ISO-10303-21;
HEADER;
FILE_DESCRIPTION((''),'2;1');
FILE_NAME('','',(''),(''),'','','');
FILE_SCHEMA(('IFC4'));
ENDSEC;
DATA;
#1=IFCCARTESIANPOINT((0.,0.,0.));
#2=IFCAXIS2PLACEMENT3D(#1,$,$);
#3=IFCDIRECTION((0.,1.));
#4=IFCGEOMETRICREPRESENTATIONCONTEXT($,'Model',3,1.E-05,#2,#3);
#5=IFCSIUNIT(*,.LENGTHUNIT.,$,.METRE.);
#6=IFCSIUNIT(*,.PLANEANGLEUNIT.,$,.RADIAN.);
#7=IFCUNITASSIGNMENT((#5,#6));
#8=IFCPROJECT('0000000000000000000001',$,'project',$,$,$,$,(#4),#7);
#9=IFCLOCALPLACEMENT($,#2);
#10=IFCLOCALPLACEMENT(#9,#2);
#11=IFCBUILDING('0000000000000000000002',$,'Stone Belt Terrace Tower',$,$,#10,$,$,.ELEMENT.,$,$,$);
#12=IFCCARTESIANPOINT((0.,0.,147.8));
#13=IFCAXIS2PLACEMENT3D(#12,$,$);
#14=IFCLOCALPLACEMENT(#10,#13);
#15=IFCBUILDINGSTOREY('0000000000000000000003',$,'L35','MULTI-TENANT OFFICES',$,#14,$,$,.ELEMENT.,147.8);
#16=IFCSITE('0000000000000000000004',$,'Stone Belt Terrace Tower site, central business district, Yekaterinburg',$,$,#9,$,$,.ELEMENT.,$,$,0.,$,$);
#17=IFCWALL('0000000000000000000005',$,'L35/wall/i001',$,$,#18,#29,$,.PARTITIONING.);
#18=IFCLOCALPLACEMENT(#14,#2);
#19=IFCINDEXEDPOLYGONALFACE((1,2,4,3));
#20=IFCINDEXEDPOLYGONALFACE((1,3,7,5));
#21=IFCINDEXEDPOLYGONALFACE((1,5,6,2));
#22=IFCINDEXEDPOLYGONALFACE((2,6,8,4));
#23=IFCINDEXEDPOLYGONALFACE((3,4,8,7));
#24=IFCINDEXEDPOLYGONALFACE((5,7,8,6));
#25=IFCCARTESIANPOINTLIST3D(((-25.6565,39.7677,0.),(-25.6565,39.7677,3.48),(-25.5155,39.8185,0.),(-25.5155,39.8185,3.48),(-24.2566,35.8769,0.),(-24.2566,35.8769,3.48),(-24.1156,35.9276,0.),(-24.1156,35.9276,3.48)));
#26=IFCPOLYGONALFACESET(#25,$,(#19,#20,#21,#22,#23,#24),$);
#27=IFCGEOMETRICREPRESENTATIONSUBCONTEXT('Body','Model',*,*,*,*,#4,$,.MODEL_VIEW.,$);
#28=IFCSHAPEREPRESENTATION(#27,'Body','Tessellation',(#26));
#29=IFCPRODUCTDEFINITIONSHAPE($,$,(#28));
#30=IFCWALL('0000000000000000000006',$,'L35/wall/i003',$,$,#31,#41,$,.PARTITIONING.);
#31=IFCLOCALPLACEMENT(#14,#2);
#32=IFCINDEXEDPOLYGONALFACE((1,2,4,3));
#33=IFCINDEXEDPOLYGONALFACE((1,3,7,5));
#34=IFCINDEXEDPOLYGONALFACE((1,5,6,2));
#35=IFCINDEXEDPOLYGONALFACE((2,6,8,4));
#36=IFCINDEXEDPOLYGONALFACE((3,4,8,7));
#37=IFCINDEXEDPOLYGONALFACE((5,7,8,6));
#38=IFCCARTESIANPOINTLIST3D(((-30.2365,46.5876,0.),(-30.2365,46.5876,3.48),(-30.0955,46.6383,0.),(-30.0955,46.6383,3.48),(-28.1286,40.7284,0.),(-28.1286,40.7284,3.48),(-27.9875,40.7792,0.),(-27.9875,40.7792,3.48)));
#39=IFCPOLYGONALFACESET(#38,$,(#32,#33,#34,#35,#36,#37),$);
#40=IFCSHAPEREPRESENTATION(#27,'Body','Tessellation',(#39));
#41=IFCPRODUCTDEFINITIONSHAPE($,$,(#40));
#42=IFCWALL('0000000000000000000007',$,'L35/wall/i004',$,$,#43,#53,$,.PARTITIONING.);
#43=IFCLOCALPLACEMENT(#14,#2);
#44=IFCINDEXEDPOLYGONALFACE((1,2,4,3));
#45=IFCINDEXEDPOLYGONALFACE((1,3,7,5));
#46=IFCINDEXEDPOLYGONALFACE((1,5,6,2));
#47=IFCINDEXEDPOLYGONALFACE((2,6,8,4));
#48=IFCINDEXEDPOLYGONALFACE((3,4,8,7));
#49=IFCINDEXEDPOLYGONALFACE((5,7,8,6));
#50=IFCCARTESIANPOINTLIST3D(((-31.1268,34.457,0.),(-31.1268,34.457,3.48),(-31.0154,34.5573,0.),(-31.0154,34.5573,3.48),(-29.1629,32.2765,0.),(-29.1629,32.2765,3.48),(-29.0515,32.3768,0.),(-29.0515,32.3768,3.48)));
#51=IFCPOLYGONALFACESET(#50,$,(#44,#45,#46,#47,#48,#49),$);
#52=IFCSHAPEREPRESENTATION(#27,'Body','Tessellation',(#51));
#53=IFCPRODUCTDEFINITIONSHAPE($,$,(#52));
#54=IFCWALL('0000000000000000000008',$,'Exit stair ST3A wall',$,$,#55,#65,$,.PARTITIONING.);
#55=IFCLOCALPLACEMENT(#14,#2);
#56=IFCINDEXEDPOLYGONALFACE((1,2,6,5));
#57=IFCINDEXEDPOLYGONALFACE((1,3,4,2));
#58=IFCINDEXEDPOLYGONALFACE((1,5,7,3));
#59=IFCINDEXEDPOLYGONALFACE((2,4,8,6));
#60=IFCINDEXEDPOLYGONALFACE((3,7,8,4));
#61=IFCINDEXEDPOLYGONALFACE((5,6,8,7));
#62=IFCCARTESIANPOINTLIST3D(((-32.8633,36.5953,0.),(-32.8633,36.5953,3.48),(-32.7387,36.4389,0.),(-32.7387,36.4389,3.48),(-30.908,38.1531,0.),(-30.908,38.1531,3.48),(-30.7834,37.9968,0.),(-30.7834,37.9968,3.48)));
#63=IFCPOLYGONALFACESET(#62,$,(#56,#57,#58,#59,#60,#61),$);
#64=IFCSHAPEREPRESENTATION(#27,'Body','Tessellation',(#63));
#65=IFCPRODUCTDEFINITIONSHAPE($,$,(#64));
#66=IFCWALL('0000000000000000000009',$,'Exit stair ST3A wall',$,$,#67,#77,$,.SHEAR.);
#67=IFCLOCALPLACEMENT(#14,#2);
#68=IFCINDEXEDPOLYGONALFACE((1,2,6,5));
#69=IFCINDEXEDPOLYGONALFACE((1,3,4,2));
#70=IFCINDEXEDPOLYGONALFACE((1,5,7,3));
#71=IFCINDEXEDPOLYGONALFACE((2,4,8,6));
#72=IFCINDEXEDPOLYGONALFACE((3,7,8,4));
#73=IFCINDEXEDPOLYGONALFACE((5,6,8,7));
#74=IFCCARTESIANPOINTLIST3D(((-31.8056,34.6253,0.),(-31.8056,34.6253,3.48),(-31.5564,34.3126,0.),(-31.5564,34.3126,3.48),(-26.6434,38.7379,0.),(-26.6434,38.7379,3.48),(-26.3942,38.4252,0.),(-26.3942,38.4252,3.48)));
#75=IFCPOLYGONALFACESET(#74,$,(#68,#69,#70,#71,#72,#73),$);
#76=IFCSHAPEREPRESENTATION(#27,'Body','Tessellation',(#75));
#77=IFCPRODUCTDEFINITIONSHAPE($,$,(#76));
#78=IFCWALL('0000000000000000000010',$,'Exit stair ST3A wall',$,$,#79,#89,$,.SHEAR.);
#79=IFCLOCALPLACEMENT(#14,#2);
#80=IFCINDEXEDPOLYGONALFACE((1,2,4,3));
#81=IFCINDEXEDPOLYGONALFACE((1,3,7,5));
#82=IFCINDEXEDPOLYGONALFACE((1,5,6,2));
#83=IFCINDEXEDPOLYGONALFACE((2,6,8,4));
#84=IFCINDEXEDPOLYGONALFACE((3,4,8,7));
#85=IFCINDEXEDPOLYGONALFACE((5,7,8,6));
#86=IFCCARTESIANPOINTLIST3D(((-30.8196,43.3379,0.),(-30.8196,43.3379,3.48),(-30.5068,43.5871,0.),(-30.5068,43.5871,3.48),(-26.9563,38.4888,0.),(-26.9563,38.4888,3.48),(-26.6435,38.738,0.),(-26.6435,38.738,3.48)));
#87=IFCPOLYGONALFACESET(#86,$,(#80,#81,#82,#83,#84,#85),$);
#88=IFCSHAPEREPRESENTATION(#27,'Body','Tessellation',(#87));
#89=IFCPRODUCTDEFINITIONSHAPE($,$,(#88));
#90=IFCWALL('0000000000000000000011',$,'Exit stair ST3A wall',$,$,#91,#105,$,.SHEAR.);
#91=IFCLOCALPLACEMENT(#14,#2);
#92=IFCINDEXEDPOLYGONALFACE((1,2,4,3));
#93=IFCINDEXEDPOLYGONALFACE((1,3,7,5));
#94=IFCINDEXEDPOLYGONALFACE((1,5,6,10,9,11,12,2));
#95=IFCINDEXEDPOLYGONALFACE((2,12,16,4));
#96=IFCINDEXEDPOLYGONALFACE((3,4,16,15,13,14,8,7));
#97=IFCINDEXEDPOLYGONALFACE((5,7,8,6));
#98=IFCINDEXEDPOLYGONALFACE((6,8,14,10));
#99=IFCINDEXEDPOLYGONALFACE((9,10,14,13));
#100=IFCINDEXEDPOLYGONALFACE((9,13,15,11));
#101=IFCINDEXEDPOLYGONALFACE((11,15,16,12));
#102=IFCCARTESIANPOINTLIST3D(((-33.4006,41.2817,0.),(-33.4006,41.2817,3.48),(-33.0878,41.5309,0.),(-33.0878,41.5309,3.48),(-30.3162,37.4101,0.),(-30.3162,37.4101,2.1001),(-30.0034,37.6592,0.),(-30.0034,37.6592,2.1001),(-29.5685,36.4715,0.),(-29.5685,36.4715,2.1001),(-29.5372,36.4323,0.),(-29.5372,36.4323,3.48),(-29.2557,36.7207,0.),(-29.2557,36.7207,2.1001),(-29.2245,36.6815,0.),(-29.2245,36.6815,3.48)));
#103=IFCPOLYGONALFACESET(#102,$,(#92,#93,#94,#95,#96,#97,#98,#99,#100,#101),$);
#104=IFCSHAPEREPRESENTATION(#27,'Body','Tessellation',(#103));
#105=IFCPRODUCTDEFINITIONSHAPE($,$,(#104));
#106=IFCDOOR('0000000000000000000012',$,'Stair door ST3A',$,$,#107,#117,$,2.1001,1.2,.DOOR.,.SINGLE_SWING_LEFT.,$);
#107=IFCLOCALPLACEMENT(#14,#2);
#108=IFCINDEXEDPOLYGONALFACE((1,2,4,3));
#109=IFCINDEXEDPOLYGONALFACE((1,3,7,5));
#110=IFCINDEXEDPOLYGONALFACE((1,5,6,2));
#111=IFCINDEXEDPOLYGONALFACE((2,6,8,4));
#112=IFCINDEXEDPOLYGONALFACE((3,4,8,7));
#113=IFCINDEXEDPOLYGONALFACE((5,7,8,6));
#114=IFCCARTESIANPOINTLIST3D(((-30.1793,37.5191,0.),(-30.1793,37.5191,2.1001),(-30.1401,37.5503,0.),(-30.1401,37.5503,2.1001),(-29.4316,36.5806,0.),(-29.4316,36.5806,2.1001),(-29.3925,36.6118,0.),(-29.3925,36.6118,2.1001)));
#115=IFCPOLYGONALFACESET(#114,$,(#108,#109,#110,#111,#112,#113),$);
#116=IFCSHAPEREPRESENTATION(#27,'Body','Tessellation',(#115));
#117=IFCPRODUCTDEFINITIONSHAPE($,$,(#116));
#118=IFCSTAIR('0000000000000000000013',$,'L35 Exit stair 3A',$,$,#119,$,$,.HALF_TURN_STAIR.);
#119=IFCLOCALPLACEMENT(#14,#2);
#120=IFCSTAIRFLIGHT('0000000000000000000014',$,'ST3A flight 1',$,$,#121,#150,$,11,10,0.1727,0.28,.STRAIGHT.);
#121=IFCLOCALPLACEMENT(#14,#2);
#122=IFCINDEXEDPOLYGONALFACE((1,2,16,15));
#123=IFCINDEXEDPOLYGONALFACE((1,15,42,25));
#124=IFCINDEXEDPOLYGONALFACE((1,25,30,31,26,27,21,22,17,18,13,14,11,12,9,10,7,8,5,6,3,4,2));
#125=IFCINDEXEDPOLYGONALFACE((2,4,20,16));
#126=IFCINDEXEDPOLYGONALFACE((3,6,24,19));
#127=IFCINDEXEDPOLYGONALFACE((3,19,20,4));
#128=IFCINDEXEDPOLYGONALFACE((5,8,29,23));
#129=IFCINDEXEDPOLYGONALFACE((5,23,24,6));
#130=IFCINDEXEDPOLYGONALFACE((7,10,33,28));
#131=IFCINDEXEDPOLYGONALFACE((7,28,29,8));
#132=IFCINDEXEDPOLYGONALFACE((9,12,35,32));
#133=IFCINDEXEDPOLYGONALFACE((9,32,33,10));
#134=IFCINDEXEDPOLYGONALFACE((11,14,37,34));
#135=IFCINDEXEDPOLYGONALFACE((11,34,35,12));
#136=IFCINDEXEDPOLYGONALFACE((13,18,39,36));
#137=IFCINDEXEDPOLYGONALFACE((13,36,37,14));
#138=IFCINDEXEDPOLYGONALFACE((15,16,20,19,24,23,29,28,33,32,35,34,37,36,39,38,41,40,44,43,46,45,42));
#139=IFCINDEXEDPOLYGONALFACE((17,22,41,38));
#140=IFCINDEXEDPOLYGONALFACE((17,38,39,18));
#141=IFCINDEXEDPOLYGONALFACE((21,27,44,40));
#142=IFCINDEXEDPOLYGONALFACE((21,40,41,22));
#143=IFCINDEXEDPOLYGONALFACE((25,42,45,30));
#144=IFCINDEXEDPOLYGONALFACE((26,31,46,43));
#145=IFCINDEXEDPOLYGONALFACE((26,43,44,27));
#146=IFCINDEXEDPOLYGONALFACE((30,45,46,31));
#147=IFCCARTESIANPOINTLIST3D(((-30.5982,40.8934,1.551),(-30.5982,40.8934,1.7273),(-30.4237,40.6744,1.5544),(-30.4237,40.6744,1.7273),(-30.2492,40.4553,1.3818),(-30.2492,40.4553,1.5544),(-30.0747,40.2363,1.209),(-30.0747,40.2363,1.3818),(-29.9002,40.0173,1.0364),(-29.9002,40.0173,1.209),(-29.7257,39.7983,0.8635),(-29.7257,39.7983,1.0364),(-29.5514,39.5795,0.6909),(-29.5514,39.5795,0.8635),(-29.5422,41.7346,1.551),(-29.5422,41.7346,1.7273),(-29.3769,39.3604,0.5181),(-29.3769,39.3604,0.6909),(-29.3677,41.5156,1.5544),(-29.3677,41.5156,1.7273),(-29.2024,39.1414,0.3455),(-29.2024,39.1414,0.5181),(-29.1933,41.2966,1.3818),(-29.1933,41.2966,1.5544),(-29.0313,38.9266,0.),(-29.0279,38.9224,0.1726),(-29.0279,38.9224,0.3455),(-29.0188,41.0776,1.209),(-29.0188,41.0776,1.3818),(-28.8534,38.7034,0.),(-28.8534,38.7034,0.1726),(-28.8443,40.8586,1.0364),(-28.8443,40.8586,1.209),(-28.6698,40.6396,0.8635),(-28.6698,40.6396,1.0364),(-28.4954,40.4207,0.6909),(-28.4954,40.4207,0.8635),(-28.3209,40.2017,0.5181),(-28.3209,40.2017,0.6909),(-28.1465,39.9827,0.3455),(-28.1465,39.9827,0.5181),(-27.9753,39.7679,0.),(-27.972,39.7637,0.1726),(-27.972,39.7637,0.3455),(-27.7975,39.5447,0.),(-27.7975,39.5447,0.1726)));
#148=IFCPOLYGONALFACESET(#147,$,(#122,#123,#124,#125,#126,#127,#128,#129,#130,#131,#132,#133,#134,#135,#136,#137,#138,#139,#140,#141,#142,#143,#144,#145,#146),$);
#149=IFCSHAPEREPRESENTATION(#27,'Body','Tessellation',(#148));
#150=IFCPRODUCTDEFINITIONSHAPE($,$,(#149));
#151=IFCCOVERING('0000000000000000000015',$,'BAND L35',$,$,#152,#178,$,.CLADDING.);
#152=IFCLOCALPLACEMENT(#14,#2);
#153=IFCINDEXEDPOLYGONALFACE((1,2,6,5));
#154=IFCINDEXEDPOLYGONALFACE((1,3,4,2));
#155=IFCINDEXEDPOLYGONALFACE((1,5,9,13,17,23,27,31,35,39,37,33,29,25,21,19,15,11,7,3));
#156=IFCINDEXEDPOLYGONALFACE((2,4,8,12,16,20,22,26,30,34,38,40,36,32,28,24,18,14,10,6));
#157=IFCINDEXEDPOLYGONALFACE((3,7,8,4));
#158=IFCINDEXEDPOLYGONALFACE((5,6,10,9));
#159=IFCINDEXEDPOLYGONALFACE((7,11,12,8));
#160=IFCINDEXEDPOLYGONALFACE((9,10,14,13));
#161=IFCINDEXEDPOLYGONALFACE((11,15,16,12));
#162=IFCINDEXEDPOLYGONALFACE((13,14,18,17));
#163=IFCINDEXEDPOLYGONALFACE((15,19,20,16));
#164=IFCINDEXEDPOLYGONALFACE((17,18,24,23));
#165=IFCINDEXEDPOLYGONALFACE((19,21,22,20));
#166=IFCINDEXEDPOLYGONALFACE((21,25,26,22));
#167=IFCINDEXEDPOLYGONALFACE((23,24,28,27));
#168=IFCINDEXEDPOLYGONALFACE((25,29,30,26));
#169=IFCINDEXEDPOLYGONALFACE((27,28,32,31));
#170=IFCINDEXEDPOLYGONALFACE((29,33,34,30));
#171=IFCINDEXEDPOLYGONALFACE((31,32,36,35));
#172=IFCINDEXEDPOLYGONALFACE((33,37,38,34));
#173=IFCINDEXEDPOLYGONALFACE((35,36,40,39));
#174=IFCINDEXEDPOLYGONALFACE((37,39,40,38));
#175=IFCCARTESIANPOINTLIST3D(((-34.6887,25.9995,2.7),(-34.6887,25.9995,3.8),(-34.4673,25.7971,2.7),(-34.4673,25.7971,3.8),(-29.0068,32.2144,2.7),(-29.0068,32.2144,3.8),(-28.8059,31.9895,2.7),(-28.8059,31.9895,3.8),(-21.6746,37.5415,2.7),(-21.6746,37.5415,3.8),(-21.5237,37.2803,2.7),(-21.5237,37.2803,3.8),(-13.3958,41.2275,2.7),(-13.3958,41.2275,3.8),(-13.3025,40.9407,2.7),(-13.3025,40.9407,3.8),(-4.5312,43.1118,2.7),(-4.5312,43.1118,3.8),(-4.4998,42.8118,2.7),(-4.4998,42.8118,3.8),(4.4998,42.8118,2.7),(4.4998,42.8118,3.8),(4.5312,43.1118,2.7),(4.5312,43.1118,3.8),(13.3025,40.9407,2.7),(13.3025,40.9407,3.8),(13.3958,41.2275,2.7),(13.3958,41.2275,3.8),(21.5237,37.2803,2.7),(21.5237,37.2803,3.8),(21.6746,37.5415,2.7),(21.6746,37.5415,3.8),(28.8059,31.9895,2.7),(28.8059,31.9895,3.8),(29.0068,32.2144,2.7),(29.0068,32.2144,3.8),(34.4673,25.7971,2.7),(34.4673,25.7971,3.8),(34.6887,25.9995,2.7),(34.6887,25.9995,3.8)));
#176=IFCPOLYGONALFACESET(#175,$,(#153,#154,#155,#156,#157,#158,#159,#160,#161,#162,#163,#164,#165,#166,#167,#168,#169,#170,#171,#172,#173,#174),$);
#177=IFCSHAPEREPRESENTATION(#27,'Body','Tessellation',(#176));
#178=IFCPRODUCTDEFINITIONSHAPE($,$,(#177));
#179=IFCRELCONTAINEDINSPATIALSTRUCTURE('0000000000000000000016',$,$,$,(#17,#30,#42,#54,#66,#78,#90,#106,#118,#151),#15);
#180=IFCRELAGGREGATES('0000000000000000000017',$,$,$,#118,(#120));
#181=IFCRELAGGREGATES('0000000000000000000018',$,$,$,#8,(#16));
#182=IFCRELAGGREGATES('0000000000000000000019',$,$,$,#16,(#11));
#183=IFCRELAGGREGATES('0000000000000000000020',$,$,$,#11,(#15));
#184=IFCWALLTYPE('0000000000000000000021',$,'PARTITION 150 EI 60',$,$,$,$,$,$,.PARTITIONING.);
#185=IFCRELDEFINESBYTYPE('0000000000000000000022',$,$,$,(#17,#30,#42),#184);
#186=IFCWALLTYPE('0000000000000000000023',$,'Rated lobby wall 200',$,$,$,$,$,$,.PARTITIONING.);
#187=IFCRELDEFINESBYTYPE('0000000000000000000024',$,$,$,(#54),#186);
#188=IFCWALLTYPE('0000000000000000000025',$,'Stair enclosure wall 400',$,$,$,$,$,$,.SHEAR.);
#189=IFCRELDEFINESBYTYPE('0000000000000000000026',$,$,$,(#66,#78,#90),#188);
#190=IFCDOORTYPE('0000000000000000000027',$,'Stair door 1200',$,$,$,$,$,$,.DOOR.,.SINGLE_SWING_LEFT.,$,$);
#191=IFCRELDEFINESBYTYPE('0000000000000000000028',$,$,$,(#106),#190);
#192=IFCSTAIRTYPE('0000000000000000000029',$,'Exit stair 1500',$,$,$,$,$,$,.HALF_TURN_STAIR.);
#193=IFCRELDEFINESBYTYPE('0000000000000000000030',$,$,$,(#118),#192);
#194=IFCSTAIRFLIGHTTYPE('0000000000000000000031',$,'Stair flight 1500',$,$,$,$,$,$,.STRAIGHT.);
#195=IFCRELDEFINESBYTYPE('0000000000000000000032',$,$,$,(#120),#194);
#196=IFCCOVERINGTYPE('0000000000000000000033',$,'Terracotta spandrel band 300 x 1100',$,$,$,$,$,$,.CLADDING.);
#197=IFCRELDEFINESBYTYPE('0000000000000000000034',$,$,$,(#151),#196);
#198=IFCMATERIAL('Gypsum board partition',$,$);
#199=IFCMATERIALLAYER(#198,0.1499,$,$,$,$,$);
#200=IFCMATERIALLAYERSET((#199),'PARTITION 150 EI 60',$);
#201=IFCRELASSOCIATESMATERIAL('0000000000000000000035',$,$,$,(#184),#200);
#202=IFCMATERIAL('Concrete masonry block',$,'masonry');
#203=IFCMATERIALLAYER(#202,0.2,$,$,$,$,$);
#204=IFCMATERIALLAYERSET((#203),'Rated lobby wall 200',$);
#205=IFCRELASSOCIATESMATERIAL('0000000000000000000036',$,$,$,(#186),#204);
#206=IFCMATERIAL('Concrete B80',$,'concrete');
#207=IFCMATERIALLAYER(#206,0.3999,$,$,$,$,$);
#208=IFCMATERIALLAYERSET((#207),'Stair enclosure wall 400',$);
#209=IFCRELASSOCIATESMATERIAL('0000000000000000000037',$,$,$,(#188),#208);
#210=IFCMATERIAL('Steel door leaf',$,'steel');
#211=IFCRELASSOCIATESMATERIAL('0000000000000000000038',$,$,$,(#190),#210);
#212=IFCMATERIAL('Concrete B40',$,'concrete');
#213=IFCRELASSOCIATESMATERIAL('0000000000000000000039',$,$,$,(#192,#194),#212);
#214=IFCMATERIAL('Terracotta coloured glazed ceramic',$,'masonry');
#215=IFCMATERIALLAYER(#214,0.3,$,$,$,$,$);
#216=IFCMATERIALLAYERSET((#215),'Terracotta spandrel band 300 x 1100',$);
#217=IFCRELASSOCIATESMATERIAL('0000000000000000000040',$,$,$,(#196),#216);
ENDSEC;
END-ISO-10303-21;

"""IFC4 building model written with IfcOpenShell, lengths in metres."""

from ifc_helpers import new_model, si_unit, direction, frame, frame_2d, origin, place, context, subcontext, project, spatial, polyline, rectangle, outline, extrude, material, layer, layer_set, type_object, element, fill, aggregate, save


model = new_model("IFC4")

# Units and contexts
model_context = context("Model", 3, precision=1e-05, world=origin(), true_north=direction((0.0, 1.0)))
body_context = subcontext(model_context, "Body", "Model", "MODEL_VIEW")
ifc_project = project(units=[si_unit("LENGTHUNIT", "METRE"), si_unit("PLANEANGLEUNIT", "RADIAN")], contexts=[model_context])

# Site, building, storey
site_placement = place(None, origin())
site = spatial("IfcSite", under=ifc_project, at=site_placement, Name="Stone Belt Terrace Tower site, central business district, Yekaterinburg", CompositionType="ELEMENT", RefElevation=0.0)
building_placement = place(site_placement, origin())
building = spatial("IfcBuilding", under=site, at=building_placement, Name="Stone Belt Terrace Tower", CompositionType="ELEMENT")
storey_placement = place(building_placement, frame((0.0, 0.0, 147.8)))
storey = spatial("IfcBuildingStorey", under=building, at=storey_placement, Name="L35", Description="MULTI-TENANT OFFICES", CompositionType="ELEMENT", Elevation=147.8)

# Shared definitions
ifc_material_1 = material(Name="Concrete B80", Category="concrete")

# Shared definitions
ifc_material_2 = material(Name="Concrete B40", Category="concrete")

# Walls
ifc_material_3 = material(Name="Gypsum board partition")
ifc_layer_1 = layer(ifc_material_3, 0.1499)
ifc_layer_set_1 = layer_set([ifc_layer_1], Name="PARTITION 150 EI 60")
wall_type_1 = type_object("IfcWallType", Name="PARTITION 150 EI 60", PredefinedType="PARTITIONING", material=ifc_layer_set_1)
wall_1_placement = place(storey_placement, frame((-25.5859, 39.793, 0.0), z_axis=(0.0, 0.0, 1.0), x_axis=(0.338546, -0.94095, 0.0)))
element("IfcWall", 1, at=wall_1_placement, inside=storey, type_object=wall_type_1, Name="L35/wall/i001", PredefinedType="PARTITIONING", context=body_context, shape_type="SweptSolid", body=[
    extrude(rectangle(XDim=4.135, YDim=0.1499, at=frame_2d((2.0674, 0.0))), origin(), (0.0, 0.0, 1.0), 3.48),
])
wall_2_placement = place(storey_placement, frame((-28.0581, 40.7539, 0.0), z_axis=(0.0, 0.0, 1.0), x_axis=(-0.338524, 0.940958, 0.0)))
element("IfcWall", 2, at=wall_2_placement, inside=storey, type_object=wall_type_1, Name="L35/wall/i003", PredefinedType="PARTITIONING", context=body_context, shape_type="SweptSolid", body=[
    extrude(rectangle(XDim=6.2268, YDim=0.1499, at=frame_2d((3.1133, 0.0))), origin(), (0.0, 0.0, 1.0), 3.48),
])
wall_3_placement = place(storey_placement, frame((-29.1072, 32.3267, 0.0), z_axis=(0.0, 0.0, 1.0), x_axis=(-0.669245, 0.743042, 0.0)))
element("IfcWall", 3, at=wall_3_placement, inside=storey, type_object=wall_type_1, Name="L35/wall/i004", PredefinedType="PARTITIONING", context=body_context, shape_type="SweptSolid", body=[
    extrude(rectangle(XDim=2.9346, YDim=0.1499, at=frame_2d((1.4673, 0.0))), origin(), (0.0, 0.0, 1.0), 3.48),
])
ifc_material_4 = material(Name="Concrete masonry block", Category="masonry")
ifc_layer_2 = layer(ifc_material_4, 0.2)
ifc_layer_set_2 = layer_set([ifc_layer_2], Name="Rated lobby wall 200")
wall_type_2 = type_object("IfcWallType", Name="Rated lobby wall 200", PredefinedType="PARTITIONING", material=ifc_layer_set_2)
wall_4_placement = place(storey_placement, frame((-30.8457, 38.075, 0.0), z_axis=(0.0, 0.0, 1.0), x_axis=(-0.782115, -0.623134, 0.0)))
element("IfcWall", 4, at=wall_4_placement, inside=storey, type_object=wall_type_2, Name="Exit stair ST3A wall", PredefinedType="PARTITIONING", context=body_context, shape_type="SweptSolid", body=[
    extrude(rectangle(XDim=2.5, YDim=0.2, at=frame_2d((1.25, 0.0))), origin(), (0.0, 0.0, 1.0), 3.48),
])
ifc_layer_3 = layer(ifc_material_1, 0.3999)
ifc_layer_set_3 = layer_set([ifc_layer_3], Name="Stair enclosure wall 400")
wall_type_3 = type_object("IfcWallType", Name="Stair enclosure wall 400", PredefinedType="SHEAR", material=ifc_layer_set_3)
wall_5_placement = place(storey_placement, frame((-26.5188, 38.5815, 0.0), z_axis=(0.0, 0.0, 1.0), x_axis=(-0.782134, -0.62311, 0.0)))
element("IfcWall", 5, at=wall_5_placement, inside=storey, type_object=wall_type_3, Name="Exit stair ST3A wall", PredefinedType="SHEAR", context=body_context, shape_type="SweptSolid", body=[
    extrude(rectangle(XDim=6.6001, YDim=0.3999, at=frame_2d((3.3, 0.0))), origin(), (0.0, 0.0, 1.0), 3.48),
])
wall_6_placement = place(storey_placement, frame((-26.7998, 38.6133, 0.0), z_axis=(0.0, 0.0, 1.0), x_axis=(-0.623119, 0.782127, 0.0)))
element("IfcWall", 6, at=wall_6_placement, inside=storey, type_object=wall_type_3, Name="Exit stair ST3A wall", PredefinedType="SHEAR", context=body_context, shape_type="SweptSolid", body=[
    extrude(rectangle(XDim=6.2, YDim=0.3999, at=frame_2d((3.1001, 0.0))), origin(), (0.0, 0.0, 1.0), 3.48),
])

# Wall, opening, door
wall_7_placement = place(storey_placement, frame((-29.3809, 36.5569, 0.0), z_axis=(0.0, 0.0, 1.0), x_axis=(-0.623099, 0.782143, 0.0)))
wall_7 = element("IfcWall", 7, at=wall_7_placement, inside=storey, type_object=wall_type_3, Name="Exit stair ST3A wall", PredefinedType="SHEAR", context=body_context, shape_type="SweptSolid", body=[
    extrude(rectangle(XDim=6.2002, YDim=0.3999, at=frame_2d((3.1001, 0.0))), origin(), (0.0, 0.0, 1.0), 3.48),
])
opening_placement = place(wall_7_placement, frame((0.05, 0.0, 0.0)))
opening = element("IfcOpeningElement", 8, at=opening_placement, cuts=wall_7, PredefinedType="OPENING", context=body_context, shape_type="SweptSolid", body=[
    extrude(rectangle(XDim=1.2, YDim=2.1001, at=frame_2d((0.6001, 1.05))), frame((0.0, 0.21, 0.0), z_axis=(0.0, -1.0, 0.0), x_axis=(1.0, 0.0, 0.0)), (0.0, 0.0, 1.0), 0.4199),
])
ifc_material_5 = material(Name="Steel door leaf", Category="steel")
door_type = type_object("IfcDoorType", Name="Stair door 1200", OperationType="SINGLE_SWING_LEFT", PredefinedType="DOOR", material=ifc_material_5)
door_placement = place(opening_placement, origin())
door = element("IfcDoor", 9, at=door_placement, inside=storey, type_object=door_type, Name="Stair door ST3A", OperationType="SINGLE_SWING_LEFT", OverallHeight=2.1001, OverallWidth=1.2, PredefinedType="DOOR", context=body_context, shape_type="SweptSolid", body=[
    extrude(rectangle(XDim=1.2, YDim=2.1001, at=frame_2d((0.6001, 1.05))), frame((0.0, 0.0249, 0.0), z_axis=(0.0, -1.0, 0.0), x_axis=(1.0, 0.0, 0.0)), (0.0, 0.0, 1.0), 0.05),
])
fill(opening, door)

# Stair, stair flight
stair_type = type_object("IfcStairType", Name="Exit stair 1500", PredefinedType="HALF_TURN_STAIR", material=ifc_material_2)
stair_placement = place(storey_placement, origin())
stair = element("IfcStair", 10, at=stair_placement, inside=storey, type_object=stair_type, Name="L35 Exit stair 3A", PredefinedType="HALF_TURN_STAIR")
stair_flight_type = type_object("IfcStairFlightType", Name="Stair flight 1500", PredefinedType="STRAIGHT", material=ifc_material_2)
stair_flight_placement = place(storey_placement, frame((-28.3254, 39.124, 0.0), z_axis=(0.0, 0.0, 1.0), x_axis=(-0.623121, 0.782125, 0.0)))
stair_flight = element("IfcStairFlight", 11, at=stair_flight_placement, type_object=stair_flight_type, Name="ST3A flight 1", NumberOfRisers=11, NumberOfTreads=10, PredefinedType="STRAIGHT", RiserHeight=0.1727, TreadLength=0.28, context=body_context, shape_type="SweptSolid", body=[
    extrude(outline(polyline([(0.0, 0.0), (0.0, 0.1726), (0.28, 0.1726), (0.28, 0.3455), (0.5601, 0.3455), (0.5601, 0.5181), (0.8401, 0.5181), (0.8401, 0.6909), (1.1201, 0.6909), (1.1201, 0.8635), (1.3999, 0.8635), (1.3999, 1.0364), (1.6799, 1.0364), (1.6799, 1.209), (1.96, 1.209), (1.96, 1.3818), (2.24, 1.3818), (2.24, 1.5544), (2.52, 1.5544), (2.52, 1.7273), (2.8, 1.7273), (2.8, 1.8999), (2.8, 1.551), (0.2854, 0.0), (0.0, 0.0)])), frame((0.0, 0.675, 0.0), z_axis=(0.0, -1.0, 0.0), x_axis=(1.0, 0.0, 0.0)), (0.0, 0.0, 1.0), 1.3501),
])
aggregate(stair, [stair_flight])

# Covering
ifc_material_6 = material(Name="Terracotta coloured glazed ceramic", Category="masonry")
ifc_layer_4 = layer(ifc_material_6, 0.3)
ifc_layer_set_4 = layer_set([ifc_layer_4], Name="Terracotta spandrel band 300 x 1100")
covering_type = type_object("IfcCoveringType", Name="Terracotta spandrel band 300 x 1100", PredefinedType="CLADDING", material=ifc_layer_set_4)
covering_placement = place(storey_placement, frame((0.0, 0.0, 2.7)))
element("IfcCovering", 12, at=covering_placement, inside=storey, type_object=covering_type, Name="BAND L35", PredefinedType="CLADDING", context=body_context, shape_type="SweptSolid", body=[
    extrude(outline(polyline([(-34.6887, 25.9995), (-29.0068, 32.2144), (-21.6746, 37.5415), (-13.3958, 41.2275), (-4.5312, 43.1118), (4.5312, 43.1118), (13.3958, 41.2275), (21.6746, 37.5415), (29.0068, 32.2144), (34.6887, 25.9995), (34.4673, 25.7971), (28.8059, 31.9895), (21.5237, 37.2803), (13.3025, 40.9407), (4.4998, 42.8118), (-4.4998, 42.8118), (-13.3025, 40.9407), (-21.5237, 37.2803), (-28.8059, 31.9895), (-34.4673, 25.7971), (-34.6887, 25.9995)])), origin(), (0.0, 0.0, 1.0), 1.1001),
])

save(model, "model.ifc")
